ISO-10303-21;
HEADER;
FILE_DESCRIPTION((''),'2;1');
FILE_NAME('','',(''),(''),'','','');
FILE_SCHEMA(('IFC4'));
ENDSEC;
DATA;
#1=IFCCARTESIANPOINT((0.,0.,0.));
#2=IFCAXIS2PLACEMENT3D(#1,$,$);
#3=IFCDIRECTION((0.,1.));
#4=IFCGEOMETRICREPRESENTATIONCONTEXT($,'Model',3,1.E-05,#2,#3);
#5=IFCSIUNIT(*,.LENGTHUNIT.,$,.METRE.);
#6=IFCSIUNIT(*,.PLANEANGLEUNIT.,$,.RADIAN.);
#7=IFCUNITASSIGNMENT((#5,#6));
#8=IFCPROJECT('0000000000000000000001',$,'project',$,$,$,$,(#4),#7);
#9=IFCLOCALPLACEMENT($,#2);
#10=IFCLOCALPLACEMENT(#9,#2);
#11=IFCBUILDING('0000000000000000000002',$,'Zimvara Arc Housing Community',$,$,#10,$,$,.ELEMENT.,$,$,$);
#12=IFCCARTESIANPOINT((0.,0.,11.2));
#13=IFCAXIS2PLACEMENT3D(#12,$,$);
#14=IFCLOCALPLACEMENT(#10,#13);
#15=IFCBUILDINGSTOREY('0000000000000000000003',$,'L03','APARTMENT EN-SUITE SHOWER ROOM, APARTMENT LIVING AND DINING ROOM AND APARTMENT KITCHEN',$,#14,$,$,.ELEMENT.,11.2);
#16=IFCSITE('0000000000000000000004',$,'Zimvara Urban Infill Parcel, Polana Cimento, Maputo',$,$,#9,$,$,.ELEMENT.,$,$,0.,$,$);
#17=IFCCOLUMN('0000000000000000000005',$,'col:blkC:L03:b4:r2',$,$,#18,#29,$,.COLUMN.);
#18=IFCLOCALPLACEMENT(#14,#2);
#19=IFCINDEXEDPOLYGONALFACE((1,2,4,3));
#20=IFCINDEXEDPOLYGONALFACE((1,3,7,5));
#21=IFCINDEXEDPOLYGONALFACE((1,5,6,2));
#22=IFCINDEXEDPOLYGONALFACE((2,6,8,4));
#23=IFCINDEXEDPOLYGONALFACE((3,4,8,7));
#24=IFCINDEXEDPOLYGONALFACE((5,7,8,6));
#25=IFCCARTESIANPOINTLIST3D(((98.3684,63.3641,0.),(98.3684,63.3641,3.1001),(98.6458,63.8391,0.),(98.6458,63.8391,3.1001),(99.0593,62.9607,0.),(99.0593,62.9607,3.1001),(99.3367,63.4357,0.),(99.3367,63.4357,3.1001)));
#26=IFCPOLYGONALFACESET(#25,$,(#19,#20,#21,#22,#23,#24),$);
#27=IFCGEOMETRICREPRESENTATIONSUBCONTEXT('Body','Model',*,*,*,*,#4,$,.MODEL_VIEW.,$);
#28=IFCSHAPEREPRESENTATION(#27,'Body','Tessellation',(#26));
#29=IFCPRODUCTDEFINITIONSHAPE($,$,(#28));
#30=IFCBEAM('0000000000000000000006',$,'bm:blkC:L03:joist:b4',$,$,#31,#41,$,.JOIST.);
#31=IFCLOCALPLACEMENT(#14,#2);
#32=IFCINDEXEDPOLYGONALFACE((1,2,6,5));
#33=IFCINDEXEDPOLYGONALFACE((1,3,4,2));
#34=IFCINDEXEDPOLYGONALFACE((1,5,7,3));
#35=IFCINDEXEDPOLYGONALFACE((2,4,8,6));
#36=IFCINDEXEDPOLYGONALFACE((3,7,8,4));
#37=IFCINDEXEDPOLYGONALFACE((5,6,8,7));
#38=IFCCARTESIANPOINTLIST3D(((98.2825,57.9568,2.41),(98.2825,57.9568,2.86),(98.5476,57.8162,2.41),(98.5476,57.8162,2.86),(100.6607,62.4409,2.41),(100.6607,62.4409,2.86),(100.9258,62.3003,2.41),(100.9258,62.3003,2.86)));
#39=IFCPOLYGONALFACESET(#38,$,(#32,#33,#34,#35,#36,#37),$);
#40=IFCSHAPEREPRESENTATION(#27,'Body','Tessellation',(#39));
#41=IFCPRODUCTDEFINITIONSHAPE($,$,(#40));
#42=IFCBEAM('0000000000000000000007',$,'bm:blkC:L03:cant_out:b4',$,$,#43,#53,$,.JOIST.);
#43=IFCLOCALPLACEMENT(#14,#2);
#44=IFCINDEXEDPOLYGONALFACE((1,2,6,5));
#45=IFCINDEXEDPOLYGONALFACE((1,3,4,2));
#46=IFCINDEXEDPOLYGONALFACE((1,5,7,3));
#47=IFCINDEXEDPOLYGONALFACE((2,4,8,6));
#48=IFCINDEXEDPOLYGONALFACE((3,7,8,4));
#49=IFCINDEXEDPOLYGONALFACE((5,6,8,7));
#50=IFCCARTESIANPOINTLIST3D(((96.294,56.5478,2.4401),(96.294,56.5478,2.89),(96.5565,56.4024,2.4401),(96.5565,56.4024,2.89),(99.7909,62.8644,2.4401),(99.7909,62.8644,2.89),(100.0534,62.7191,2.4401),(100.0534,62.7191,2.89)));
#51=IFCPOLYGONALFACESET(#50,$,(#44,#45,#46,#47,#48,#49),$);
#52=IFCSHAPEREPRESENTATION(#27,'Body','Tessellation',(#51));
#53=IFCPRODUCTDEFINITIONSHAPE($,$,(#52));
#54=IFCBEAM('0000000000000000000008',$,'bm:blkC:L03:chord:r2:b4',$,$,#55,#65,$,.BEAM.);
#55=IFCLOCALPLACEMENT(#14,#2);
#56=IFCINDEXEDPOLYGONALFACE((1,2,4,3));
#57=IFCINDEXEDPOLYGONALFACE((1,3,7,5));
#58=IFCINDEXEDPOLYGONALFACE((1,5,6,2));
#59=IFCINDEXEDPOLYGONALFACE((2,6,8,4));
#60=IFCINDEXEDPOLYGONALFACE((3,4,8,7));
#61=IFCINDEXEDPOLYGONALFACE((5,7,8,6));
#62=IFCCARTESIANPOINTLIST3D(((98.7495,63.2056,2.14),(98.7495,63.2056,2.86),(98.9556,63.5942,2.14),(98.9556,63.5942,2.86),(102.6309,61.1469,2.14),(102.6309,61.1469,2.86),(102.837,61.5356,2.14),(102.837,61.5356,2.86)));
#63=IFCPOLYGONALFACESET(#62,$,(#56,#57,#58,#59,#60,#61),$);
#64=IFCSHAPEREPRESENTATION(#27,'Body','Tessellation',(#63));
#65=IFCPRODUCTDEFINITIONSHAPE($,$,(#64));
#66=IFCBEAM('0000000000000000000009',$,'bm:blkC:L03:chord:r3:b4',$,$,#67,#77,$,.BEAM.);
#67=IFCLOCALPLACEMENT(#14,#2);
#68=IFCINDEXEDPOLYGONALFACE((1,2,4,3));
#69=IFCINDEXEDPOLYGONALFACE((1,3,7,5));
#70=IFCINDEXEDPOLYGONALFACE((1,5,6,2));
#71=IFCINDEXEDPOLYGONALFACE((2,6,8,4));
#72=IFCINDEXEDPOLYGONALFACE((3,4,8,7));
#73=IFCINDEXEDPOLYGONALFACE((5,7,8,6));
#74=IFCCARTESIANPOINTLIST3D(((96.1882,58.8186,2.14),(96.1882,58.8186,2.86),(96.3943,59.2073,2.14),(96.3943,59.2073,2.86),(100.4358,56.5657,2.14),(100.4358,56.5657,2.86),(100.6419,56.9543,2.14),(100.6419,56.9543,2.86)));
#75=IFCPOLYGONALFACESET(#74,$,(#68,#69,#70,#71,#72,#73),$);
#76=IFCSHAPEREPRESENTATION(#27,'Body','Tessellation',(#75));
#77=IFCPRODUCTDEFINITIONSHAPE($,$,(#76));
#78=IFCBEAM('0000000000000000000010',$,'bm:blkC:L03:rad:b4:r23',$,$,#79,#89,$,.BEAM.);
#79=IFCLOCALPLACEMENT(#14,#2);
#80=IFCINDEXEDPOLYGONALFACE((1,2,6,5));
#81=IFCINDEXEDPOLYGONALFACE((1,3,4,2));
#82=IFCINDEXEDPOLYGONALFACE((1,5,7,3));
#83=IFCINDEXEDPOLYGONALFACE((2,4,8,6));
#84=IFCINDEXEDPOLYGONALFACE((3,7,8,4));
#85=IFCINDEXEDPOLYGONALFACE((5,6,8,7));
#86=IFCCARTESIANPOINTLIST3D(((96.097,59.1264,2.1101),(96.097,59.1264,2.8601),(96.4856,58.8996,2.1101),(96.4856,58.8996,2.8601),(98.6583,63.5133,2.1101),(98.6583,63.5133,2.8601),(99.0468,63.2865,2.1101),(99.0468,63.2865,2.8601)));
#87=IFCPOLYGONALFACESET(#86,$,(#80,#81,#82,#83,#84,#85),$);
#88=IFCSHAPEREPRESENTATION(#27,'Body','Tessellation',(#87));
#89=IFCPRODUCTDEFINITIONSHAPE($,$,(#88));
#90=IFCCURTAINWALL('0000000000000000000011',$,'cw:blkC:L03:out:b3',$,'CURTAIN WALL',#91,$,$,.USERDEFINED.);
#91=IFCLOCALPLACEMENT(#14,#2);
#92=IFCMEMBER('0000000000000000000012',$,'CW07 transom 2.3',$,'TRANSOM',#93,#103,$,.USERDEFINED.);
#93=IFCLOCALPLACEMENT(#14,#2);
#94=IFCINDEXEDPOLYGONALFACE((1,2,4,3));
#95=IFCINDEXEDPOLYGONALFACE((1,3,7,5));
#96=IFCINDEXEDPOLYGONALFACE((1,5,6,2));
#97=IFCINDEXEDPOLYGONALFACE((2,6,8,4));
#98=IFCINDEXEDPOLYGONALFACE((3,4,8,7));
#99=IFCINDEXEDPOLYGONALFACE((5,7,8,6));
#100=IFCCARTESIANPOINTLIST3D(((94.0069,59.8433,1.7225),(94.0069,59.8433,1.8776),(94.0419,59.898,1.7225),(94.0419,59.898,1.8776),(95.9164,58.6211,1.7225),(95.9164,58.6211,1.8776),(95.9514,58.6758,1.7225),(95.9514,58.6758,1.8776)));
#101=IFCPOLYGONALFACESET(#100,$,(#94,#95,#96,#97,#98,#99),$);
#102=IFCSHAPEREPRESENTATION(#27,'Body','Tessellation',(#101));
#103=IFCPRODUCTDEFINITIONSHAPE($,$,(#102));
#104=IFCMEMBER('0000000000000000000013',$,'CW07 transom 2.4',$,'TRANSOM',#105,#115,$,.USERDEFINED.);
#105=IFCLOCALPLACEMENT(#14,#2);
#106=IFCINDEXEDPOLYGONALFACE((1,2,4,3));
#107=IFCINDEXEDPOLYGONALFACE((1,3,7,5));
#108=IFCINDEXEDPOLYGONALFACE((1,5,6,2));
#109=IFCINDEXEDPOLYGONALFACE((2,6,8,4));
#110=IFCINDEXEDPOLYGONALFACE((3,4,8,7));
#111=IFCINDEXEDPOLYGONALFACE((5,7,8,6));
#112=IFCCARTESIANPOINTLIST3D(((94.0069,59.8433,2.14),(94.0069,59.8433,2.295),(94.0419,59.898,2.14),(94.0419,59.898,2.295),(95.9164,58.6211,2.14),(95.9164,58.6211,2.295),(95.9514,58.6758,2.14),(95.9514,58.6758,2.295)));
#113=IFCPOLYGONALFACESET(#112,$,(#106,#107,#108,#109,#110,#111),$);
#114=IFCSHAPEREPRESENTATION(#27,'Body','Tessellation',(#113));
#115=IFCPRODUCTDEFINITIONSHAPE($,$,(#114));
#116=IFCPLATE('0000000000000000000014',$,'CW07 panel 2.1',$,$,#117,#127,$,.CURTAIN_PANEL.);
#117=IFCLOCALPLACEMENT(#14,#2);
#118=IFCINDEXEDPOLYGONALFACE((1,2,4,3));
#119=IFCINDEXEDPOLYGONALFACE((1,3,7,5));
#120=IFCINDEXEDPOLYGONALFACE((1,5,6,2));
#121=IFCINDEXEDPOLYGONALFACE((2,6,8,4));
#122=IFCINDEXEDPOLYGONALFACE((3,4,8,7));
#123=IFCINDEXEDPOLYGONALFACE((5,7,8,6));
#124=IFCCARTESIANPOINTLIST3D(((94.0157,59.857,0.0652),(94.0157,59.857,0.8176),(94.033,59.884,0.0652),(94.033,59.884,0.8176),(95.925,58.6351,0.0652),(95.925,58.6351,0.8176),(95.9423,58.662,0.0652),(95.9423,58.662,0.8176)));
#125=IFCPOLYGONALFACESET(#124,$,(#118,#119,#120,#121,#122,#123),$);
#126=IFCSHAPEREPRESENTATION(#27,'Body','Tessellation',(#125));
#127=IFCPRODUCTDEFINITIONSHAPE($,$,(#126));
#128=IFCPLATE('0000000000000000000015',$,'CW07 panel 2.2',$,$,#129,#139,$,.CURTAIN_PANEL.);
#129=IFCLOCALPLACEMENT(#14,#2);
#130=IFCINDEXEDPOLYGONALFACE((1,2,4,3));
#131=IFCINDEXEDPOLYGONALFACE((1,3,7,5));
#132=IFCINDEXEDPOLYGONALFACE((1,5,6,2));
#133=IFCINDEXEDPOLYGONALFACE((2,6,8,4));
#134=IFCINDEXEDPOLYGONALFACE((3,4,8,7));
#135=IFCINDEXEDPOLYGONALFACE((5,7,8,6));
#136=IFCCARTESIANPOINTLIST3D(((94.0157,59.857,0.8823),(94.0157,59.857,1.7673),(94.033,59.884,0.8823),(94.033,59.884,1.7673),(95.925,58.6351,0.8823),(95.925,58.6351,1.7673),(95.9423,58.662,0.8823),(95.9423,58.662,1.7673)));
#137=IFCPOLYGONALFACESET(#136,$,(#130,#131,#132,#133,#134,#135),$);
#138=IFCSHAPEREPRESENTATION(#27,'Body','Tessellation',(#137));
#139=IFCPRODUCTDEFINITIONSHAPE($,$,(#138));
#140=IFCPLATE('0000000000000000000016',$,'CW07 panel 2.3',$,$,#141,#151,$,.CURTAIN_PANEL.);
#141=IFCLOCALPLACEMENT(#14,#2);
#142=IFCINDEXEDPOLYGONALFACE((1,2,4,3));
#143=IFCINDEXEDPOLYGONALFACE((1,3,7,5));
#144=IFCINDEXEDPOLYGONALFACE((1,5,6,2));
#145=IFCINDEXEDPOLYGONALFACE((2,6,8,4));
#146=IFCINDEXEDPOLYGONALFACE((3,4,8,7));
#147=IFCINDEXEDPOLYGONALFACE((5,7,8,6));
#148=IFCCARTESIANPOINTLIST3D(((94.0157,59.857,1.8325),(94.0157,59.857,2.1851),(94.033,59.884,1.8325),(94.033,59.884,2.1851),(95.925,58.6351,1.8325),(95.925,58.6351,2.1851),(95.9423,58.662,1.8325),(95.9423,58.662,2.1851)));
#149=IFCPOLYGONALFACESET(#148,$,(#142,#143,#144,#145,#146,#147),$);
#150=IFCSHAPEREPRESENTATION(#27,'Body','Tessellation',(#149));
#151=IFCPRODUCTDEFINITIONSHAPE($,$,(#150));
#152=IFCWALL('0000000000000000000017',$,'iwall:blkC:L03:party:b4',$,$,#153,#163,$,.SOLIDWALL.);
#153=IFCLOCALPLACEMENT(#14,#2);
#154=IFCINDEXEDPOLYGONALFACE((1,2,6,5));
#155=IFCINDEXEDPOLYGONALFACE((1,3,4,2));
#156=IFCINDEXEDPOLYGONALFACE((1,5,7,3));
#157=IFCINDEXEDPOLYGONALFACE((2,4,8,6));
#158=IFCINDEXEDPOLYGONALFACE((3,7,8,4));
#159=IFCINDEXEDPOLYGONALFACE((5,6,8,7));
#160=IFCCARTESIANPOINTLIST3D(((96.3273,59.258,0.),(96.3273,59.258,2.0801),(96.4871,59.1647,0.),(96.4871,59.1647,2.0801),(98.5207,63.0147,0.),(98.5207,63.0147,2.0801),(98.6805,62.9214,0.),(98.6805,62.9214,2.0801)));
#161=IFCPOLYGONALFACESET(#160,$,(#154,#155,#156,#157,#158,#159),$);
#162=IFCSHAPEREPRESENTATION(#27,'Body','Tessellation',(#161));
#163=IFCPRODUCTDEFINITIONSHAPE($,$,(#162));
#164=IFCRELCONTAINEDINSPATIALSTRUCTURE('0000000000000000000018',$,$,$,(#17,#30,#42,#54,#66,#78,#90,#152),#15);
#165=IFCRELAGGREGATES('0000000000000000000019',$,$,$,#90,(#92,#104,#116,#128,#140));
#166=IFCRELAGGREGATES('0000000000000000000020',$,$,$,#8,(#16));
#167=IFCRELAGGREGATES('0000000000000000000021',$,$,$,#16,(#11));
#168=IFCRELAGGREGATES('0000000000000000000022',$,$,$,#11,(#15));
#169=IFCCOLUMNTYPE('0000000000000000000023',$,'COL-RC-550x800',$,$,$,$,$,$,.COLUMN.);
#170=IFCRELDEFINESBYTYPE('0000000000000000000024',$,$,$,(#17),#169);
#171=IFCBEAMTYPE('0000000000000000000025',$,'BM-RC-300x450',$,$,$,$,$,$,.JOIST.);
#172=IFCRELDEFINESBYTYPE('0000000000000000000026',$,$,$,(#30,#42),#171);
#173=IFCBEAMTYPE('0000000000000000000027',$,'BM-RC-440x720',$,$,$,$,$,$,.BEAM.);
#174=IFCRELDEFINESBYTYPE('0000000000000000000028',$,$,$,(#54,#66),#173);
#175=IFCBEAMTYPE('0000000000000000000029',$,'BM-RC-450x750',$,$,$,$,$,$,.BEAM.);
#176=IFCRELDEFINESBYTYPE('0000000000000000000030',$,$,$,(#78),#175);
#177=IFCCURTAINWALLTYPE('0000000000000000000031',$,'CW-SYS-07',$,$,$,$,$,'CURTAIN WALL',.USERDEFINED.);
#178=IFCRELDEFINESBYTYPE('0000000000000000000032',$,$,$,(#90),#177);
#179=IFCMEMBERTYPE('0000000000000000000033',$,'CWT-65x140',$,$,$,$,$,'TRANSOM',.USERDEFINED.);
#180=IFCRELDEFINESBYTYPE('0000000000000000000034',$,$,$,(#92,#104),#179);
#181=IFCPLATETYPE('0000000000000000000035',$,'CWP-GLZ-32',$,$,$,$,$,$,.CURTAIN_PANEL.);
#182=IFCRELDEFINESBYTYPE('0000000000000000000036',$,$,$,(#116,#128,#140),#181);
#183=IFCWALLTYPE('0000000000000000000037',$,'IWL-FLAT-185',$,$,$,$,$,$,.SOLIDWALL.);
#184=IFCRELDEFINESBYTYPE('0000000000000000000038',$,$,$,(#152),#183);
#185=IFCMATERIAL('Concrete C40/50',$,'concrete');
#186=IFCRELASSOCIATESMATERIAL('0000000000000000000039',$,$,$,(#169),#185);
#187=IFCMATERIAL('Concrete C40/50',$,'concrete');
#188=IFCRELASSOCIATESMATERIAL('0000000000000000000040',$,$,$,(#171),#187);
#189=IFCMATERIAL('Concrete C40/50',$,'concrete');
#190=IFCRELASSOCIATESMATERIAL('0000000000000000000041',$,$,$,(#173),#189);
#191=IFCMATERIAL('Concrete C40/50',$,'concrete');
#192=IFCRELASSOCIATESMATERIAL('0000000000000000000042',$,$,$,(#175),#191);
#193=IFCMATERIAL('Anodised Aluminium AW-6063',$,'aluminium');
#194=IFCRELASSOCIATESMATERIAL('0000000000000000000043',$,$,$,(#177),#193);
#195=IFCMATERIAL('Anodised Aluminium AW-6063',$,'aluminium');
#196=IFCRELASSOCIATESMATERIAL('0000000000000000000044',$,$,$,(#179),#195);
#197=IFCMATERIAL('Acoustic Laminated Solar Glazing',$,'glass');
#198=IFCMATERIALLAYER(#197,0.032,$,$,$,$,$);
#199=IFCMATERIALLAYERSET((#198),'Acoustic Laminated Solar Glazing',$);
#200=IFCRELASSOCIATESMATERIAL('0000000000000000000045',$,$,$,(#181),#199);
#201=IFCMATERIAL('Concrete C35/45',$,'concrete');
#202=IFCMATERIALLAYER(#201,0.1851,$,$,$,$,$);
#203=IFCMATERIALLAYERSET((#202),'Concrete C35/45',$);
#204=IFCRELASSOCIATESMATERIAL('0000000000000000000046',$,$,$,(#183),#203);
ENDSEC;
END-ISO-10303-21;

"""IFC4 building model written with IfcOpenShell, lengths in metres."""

from ifc_helpers import new_model, si_unit, direction, frame, frame_2d, origin, origin_2d, place, context, subcontext, project, spatial, rectangle, extrude, material, layer, layer_set, material_profile, profile_set, type_object, element, aggregate, save


model = new_model("IFC4")

# Units and contexts
model_context = context("Model", 3, precision=1e-05, world=origin(), true_north=direction((0.0, 1.0)))
body_context = subcontext(model_context, "Body", "Model", "MODEL_VIEW")
ifc_project = project(units=[si_unit("LENGTHUNIT", "METRE"), si_unit("PLANEANGLEUNIT", "RADIAN")], contexts=[model_context])

# Site, building, storey
site_placement = place(None, origin())
site = spatial("IfcSite", under=ifc_project, at=site_placement, Name="Zimvara Urban Infill Parcel, Polana Cimento, Maputo", CompositionType="ELEMENT", RefElevation=0.0)
building_placement = place(site_placement, origin())
building = spatial("IfcBuilding", under=site, at=building_placement, Name="Zimvara Arc Housing Community", CompositionType="ELEMENT")
storey_placement = place(building_placement, frame((0.0, 0.0, 11.2)))
storey = spatial("IfcBuildingStorey", under=building, at=storey_placement, Name="L03", Description="APARTMENT EN-SUITE SHOWER ROOM, APARTMENT LIVING AND DINING ROOM AND APARTMENT KITCHEN", CompositionType="ELEMENT", Elevation=11.2)

# Column
ifc_material_1 = material(Name="Concrete C40/50", Category="concrete")
ifc_material_profile_1 = material_profile(ifc_material_1, rectangle(XDim=0.55, YDim=0.8, at=origin_2d()), Name="RC 550x800")
ifc_profile_set_1 = profile_set([ifc_material_profile_1], Name="Concrete C40/50")
column_type = type_object("IfcColumnType", Name="COL-RC-550x800", PredefinedType="COLUMN", material=ifc_profile_set_1)
column_placement = place(storey_placement, frame((98.8525, 63.3999, 0.0), z_axis=(0.0, 0.0, 1.0), x_axis=(-0.504226, -0.863572, 0.0)))
element("IfcColumn", 1, at=column_placement, inside=storey, type_object=column_type, Name="col:blkC:L03:b4:r2", PredefinedType="COLUMN", context=body_context, shape_type="SweptSolid", body=[
    extrude(rectangle(XDim=0.55, YDim=0.8, at=origin_2d()), origin(), (0.0, 0.0, 1.0), 3.1001),
])

# Beams
ifc_material_2 = material(Name="Concrete C40/50", Category="concrete")
ifc_material_profile_2 = material_profile(ifc_material_2, rectangle(XDim=0.3, YDim=0.45, at=origin_2d()), Name="RC 300x450")
ifc_profile_set_2 = profile_set([ifc_material_profile_2], Name="Concrete C40/50")
beam_type_1 = type_object("IfcBeamType", Name="BM-RC-300x450", PredefinedType="JOIST", material=ifc_profile_set_2)
beam_1_placement = place(storey_placement, frame((100.7932, 62.3706, 2.635), z_axis=(-0.468537, -0.883444, 0.0), x_axis=(0.883444, -0.468537, 0.0)))
element("IfcBeam", 2, at=beam_1_placement, inside=storey, type_object=beam_type_1, Name="bm:blkC:L03:joist:b4", PredefinedType="JOIST", context=body_context, shape_type="SweptSolid", body=[
    extrude(rectangle(XDim=0.3, YDim=0.45, at=origin_2d()), origin(), (0.0, 0.0, 1.0), 5.0757),
])
beam_2_placement = place(storey_placement, frame((99.9221, 62.7917, 2.665), z_axis=(-0.484327, -0.874887, 0.0), x_axis=(0.874887, -0.484327, 0.0)))
element("IfcBeam", 3, at=beam_2_placement, inside=storey, type_object=beam_type_1, Name="bm:blkC:L03:cant_out:b4", PredefinedType="JOIST", context=body_context, shape_type="SweptSolid", body=[
    extrude(rectangle(XDim=0.3, YDim=0.45, at=origin_2d()), origin(), (0.0, 0.0, 1.0), 7.22),
])
ifc_material_3 = material(Name="Concrete C40/50", Category="concrete")
ifc_material_profile_3 = material_profile(ifc_material_3, rectangle(XDim=0.4399, YDim=0.72, at=origin_2d()), Name="RC 440x720")
ifc_profile_set_3 = profile_set([ifc_material_profile_3], Name="Concrete C40/50")
beam_type_2 = type_object("IfcBeamType", Name="BM-RC-440x720", PredefinedType="BEAM", material=ifc_profile_set_3)
beam_3_placement = place(storey_placement, frame((98.8525, 63.3999, 2.5), z_axis=(0.883434, -0.468557, 0.0), x_axis=(0.468557, 0.883434, 0.0)))
element("IfcBeam", 4, at=beam_3_placement, inside=storey, type_object=beam_type_2, Name="bm:blkC:L03:chord:r2:b4", PredefinedType="BEAM", context=body_context, shape_type="SweptSolid", body=[
    extrude(rectangle(XDim=0.4399, YDim=0.72, at=origin_2d()), origin(), (0.0, 0.0, 1.0), 4.3936),
])
beam_4_placement = place(storey_placement, frame((96.2913, 59.0129, 2.5), z_axis=(0.883425, -0.468573, 0.0), x_axis=(0.468573, 0.883425, 0.0)))
element("IfcBeam", 5, at=beam_4_placement, inside=storey, type_object=beam_type_2, Name="bm:blkC:L03:chord:r3:b4", PredefinedType="BEAM", context=body_context, shape_type="SweptSolid", body=[
    extrude(rectangle(XDim=0.4399, YDim=0.72, at=origin_2d()), origin(), (0.0, 0.0, 1.0), 4.8081),
])
ifc_material_4 = material(Name="Concrete C40/50", Category="concrete")
ifc_material_profile_4 = material_profile(ifc_material_4, rectangle(XDim=0.45, YDim=0.75, at=origin_2d()), Name="RC 450x750")
ifc_profile_set_4 = profile_set([ifc_material_profile_4], Name="Concrete C40/50")
beam_type_3 = type_object("IfcBeamType", Name="BM-RC-450x750", PredefinedType="BEAM", material=ifc_profile_set_4)
beam_5_placement = place(storey_placement, frame((98.8525, 63.3999, 2.4851), z_axis=(-0.504197, -0.863589, 0.0), x_axis=(0.863589, -0.504197, 0.0)))
element("IfcBeam", 6, at=beam_5_placement, inside=storey, type_object=beam_type_3, Name="bm:blkC:L03:rad:b4:r23", PredefinedType="BEAM", context=body_context, shape_type="SweptSolid", body=[
    extrude(rectangle(XDim=0.45, YDim=0.75, at=origin_2d()), origin(), (0.0, 0.0, 1.0), 5.0798),
])

# Curtain wall, members, plates
ifc_material_5 = material(Name="Anodised Aluminium AW-6063", Category="aluminium")
curtain_wall_type = type_object("IfcCurtainWallType", Name="CW-SYS-07", ElementType="CURTAIN WALL", PredefinedType="USERDEFINED", material=ifc_material_5)
curtain_wall_placement = place(storey_placement, origin())
curtain_wall = element("IfcCurtainWall", 7, at=curtain_wall_placement, inside=storey, type_object=curtain_wall_type, Name="cw:blkC:L03:out:b3", ObjectType="CURTAIN WALL", PredefinedType="USERDEFINED")
ifc_material_6 = material(Name="Anodised Aluminium AW-6063", Category="aluminium")
ifc_material_profile_5 = material_profile(ifc_material_6, rectangle(XDim=0.0649, YDim=0.155, at=origin_2d()), Name="ALU 65x155")
ifc_profile_set_5 = profile_set([ifc_material_profile_5], Name="Anodised Aluminium AW-6063")
member_type = type_object("IfcMemberType", Name="CWT-65x140", ElementType="TRANSOM", PredefinedType="USERDEFINED", material=ifc_profile_set_5)
member_1_placement = place(storey_placement, frame((94.0244, 59.8706, 1.8), z_axis=(0.842244, -0.539096, 0.0), x_axis=(0.539096, 0.842244, 0.0)))
member_1 = element("IfcMember", 8, at=member_1_placement, type_object=member_type, Name="CW07 transom 2.3", ObjectType="TRANSOM", PredefinedType="USERDEFINED", context=body_context, shape_type="SweptSolid", body=[
    extrude(rectangle(XDim=0.0649, YDim=0.155, at=origin_2d()), origin(), (0.0, 0.0, 1.0), 2.2671),
])
member_2_placement = place(storey_placement, frame((94.0244, 59.8706, 2.2175), z_axis=(0.842244, -0.539096, 0.0), x_axis=(0.539096, 0.842244, 0.0)))
member_2 = element("IfcMember", 9, at=member_2_placement, type_object=member_type, Name="CW07 transom 2.4", ObjectType="TRANSOM", PredefinedType="USERDEFINED", context=body_context, shape_type="SweptSolid", body=[
    extrude(rectangle(XDim=0.0649, YDim=0.155, at=origin_2d()), origin(), (0.0, 0.0, 1.0), 2.2671),
])
ifc_material_7 = material(Name="Acoustic Laminated Solar Glazing", Category="glass")
ifc_layer_1 = layer(ifc_material_7, 0.032)
ifc_layer_set_1 = layer_set([ifc_layer_1], Name="Acoustic Laminated Solar Glazing")
plate_type = type_object("IfcPlateType", Name="CWP-GLZ-32", PredefinedType="CURTAIN_PANEL", material=ifc_layer_set_1)
plate_1_placement = place(storey_placement, frame((94.979, 59.2595, 0.0652), z_axis=(0.0, 0.0, 1.0), x_axis=(0.842264, -0.539065, 0.0)))
plate_1 = element("IfcPlate", 10, at=plate_1_placement, type_object=plate_type, Name="CW07 panel 2.1", PredefinedType="CURTAIN_PANEL", context=body_context, shape_type="SweptSolid", body=[
    extrude(rectangle(XDim=2.2668, YDim=0.032, at=origin_2d()), origin(), (0.0, 0.0, 1.0), 0.7524),
])
plate_2_placement = place(storey_placement, frame((94.979, 59.2595, 0.8823), z_axis=(0.0, 0.0, 1.0), x_axis=(0.842264, -0.539065, 0.0)))
plate_2 = element("IfcPlate", 11, at=plate_2_placement, type_object=plate_type, Name="CW07 panel 2.2", PredefinedType="CURTAIN_PANEL", context=body_context, shape_type="SweptSolid", body=[
    extrude(rectangle(XDim=2.2668, YDim=0.032, at=origin_2d()), origin(), (0.0, 0.0, 1.0), 0.885),
])
plate_3_placement = place(storey_placement, frame((94.979, 59.2595, 1.8325), z_axis=(0.0, 0.0, 1.0), x_axis=(0.842264, -0.539065, 0.0)))
plate_3 = element("IfcPlate", 12, at=plate_3_placement, type_object=plate_type, Name="CW07 panel 2.3", PredefinedType="CURTAIN_PANEL", context=body_context, shape_type="SweptSolid", body=[
    extrude(rectangle(XDim=2.2668, YDim=0.032, at=origin_2d()), origin(), (0.0, 0.0, 1.0), 0.3525),
])
aggregate(curtain_wall, [member_1, member_2, plate_1, plate_2, plate_3])

# Wall
ifc_material_8 = material(Name="Concrete C35/45", Category="concrete")
ifc_layer_2 = layer(ifc_material_8, 0.1851)
ifc_layer_set_2 = layer_set([ifc_layer_2], Name="Concrete C35/45")
wall_type_1 = type_object("IfcWallType", Name="IWL-FLAT-185", PredefinedType="SOLIDWALL", material=ifc_layer_set_2)
wall_1_placement = place(storey_placement, frame((98.6006, 62.968, 0.0), z_axis=(0.0, 0.0, 1.0), x_axis=(-0.504216, -0.863577, 0.0)))
element("IfcWall", 13, at=wall_1_placement, inside=storey, type_object=wall_type_1, Name="iwall:blkC:L03:party:b4", PredefinedType="SOLIDWALL", context=body_context, shape_type="SweptSolid", body=[
    extrude(rectangle(XDim=4.3501, YDim=0.1851, at=frame_2d((2.175, 0.0))), origin(), (0.0, 0.0, 1.0), 2.0801),
])

save(model, "model.ifc")
